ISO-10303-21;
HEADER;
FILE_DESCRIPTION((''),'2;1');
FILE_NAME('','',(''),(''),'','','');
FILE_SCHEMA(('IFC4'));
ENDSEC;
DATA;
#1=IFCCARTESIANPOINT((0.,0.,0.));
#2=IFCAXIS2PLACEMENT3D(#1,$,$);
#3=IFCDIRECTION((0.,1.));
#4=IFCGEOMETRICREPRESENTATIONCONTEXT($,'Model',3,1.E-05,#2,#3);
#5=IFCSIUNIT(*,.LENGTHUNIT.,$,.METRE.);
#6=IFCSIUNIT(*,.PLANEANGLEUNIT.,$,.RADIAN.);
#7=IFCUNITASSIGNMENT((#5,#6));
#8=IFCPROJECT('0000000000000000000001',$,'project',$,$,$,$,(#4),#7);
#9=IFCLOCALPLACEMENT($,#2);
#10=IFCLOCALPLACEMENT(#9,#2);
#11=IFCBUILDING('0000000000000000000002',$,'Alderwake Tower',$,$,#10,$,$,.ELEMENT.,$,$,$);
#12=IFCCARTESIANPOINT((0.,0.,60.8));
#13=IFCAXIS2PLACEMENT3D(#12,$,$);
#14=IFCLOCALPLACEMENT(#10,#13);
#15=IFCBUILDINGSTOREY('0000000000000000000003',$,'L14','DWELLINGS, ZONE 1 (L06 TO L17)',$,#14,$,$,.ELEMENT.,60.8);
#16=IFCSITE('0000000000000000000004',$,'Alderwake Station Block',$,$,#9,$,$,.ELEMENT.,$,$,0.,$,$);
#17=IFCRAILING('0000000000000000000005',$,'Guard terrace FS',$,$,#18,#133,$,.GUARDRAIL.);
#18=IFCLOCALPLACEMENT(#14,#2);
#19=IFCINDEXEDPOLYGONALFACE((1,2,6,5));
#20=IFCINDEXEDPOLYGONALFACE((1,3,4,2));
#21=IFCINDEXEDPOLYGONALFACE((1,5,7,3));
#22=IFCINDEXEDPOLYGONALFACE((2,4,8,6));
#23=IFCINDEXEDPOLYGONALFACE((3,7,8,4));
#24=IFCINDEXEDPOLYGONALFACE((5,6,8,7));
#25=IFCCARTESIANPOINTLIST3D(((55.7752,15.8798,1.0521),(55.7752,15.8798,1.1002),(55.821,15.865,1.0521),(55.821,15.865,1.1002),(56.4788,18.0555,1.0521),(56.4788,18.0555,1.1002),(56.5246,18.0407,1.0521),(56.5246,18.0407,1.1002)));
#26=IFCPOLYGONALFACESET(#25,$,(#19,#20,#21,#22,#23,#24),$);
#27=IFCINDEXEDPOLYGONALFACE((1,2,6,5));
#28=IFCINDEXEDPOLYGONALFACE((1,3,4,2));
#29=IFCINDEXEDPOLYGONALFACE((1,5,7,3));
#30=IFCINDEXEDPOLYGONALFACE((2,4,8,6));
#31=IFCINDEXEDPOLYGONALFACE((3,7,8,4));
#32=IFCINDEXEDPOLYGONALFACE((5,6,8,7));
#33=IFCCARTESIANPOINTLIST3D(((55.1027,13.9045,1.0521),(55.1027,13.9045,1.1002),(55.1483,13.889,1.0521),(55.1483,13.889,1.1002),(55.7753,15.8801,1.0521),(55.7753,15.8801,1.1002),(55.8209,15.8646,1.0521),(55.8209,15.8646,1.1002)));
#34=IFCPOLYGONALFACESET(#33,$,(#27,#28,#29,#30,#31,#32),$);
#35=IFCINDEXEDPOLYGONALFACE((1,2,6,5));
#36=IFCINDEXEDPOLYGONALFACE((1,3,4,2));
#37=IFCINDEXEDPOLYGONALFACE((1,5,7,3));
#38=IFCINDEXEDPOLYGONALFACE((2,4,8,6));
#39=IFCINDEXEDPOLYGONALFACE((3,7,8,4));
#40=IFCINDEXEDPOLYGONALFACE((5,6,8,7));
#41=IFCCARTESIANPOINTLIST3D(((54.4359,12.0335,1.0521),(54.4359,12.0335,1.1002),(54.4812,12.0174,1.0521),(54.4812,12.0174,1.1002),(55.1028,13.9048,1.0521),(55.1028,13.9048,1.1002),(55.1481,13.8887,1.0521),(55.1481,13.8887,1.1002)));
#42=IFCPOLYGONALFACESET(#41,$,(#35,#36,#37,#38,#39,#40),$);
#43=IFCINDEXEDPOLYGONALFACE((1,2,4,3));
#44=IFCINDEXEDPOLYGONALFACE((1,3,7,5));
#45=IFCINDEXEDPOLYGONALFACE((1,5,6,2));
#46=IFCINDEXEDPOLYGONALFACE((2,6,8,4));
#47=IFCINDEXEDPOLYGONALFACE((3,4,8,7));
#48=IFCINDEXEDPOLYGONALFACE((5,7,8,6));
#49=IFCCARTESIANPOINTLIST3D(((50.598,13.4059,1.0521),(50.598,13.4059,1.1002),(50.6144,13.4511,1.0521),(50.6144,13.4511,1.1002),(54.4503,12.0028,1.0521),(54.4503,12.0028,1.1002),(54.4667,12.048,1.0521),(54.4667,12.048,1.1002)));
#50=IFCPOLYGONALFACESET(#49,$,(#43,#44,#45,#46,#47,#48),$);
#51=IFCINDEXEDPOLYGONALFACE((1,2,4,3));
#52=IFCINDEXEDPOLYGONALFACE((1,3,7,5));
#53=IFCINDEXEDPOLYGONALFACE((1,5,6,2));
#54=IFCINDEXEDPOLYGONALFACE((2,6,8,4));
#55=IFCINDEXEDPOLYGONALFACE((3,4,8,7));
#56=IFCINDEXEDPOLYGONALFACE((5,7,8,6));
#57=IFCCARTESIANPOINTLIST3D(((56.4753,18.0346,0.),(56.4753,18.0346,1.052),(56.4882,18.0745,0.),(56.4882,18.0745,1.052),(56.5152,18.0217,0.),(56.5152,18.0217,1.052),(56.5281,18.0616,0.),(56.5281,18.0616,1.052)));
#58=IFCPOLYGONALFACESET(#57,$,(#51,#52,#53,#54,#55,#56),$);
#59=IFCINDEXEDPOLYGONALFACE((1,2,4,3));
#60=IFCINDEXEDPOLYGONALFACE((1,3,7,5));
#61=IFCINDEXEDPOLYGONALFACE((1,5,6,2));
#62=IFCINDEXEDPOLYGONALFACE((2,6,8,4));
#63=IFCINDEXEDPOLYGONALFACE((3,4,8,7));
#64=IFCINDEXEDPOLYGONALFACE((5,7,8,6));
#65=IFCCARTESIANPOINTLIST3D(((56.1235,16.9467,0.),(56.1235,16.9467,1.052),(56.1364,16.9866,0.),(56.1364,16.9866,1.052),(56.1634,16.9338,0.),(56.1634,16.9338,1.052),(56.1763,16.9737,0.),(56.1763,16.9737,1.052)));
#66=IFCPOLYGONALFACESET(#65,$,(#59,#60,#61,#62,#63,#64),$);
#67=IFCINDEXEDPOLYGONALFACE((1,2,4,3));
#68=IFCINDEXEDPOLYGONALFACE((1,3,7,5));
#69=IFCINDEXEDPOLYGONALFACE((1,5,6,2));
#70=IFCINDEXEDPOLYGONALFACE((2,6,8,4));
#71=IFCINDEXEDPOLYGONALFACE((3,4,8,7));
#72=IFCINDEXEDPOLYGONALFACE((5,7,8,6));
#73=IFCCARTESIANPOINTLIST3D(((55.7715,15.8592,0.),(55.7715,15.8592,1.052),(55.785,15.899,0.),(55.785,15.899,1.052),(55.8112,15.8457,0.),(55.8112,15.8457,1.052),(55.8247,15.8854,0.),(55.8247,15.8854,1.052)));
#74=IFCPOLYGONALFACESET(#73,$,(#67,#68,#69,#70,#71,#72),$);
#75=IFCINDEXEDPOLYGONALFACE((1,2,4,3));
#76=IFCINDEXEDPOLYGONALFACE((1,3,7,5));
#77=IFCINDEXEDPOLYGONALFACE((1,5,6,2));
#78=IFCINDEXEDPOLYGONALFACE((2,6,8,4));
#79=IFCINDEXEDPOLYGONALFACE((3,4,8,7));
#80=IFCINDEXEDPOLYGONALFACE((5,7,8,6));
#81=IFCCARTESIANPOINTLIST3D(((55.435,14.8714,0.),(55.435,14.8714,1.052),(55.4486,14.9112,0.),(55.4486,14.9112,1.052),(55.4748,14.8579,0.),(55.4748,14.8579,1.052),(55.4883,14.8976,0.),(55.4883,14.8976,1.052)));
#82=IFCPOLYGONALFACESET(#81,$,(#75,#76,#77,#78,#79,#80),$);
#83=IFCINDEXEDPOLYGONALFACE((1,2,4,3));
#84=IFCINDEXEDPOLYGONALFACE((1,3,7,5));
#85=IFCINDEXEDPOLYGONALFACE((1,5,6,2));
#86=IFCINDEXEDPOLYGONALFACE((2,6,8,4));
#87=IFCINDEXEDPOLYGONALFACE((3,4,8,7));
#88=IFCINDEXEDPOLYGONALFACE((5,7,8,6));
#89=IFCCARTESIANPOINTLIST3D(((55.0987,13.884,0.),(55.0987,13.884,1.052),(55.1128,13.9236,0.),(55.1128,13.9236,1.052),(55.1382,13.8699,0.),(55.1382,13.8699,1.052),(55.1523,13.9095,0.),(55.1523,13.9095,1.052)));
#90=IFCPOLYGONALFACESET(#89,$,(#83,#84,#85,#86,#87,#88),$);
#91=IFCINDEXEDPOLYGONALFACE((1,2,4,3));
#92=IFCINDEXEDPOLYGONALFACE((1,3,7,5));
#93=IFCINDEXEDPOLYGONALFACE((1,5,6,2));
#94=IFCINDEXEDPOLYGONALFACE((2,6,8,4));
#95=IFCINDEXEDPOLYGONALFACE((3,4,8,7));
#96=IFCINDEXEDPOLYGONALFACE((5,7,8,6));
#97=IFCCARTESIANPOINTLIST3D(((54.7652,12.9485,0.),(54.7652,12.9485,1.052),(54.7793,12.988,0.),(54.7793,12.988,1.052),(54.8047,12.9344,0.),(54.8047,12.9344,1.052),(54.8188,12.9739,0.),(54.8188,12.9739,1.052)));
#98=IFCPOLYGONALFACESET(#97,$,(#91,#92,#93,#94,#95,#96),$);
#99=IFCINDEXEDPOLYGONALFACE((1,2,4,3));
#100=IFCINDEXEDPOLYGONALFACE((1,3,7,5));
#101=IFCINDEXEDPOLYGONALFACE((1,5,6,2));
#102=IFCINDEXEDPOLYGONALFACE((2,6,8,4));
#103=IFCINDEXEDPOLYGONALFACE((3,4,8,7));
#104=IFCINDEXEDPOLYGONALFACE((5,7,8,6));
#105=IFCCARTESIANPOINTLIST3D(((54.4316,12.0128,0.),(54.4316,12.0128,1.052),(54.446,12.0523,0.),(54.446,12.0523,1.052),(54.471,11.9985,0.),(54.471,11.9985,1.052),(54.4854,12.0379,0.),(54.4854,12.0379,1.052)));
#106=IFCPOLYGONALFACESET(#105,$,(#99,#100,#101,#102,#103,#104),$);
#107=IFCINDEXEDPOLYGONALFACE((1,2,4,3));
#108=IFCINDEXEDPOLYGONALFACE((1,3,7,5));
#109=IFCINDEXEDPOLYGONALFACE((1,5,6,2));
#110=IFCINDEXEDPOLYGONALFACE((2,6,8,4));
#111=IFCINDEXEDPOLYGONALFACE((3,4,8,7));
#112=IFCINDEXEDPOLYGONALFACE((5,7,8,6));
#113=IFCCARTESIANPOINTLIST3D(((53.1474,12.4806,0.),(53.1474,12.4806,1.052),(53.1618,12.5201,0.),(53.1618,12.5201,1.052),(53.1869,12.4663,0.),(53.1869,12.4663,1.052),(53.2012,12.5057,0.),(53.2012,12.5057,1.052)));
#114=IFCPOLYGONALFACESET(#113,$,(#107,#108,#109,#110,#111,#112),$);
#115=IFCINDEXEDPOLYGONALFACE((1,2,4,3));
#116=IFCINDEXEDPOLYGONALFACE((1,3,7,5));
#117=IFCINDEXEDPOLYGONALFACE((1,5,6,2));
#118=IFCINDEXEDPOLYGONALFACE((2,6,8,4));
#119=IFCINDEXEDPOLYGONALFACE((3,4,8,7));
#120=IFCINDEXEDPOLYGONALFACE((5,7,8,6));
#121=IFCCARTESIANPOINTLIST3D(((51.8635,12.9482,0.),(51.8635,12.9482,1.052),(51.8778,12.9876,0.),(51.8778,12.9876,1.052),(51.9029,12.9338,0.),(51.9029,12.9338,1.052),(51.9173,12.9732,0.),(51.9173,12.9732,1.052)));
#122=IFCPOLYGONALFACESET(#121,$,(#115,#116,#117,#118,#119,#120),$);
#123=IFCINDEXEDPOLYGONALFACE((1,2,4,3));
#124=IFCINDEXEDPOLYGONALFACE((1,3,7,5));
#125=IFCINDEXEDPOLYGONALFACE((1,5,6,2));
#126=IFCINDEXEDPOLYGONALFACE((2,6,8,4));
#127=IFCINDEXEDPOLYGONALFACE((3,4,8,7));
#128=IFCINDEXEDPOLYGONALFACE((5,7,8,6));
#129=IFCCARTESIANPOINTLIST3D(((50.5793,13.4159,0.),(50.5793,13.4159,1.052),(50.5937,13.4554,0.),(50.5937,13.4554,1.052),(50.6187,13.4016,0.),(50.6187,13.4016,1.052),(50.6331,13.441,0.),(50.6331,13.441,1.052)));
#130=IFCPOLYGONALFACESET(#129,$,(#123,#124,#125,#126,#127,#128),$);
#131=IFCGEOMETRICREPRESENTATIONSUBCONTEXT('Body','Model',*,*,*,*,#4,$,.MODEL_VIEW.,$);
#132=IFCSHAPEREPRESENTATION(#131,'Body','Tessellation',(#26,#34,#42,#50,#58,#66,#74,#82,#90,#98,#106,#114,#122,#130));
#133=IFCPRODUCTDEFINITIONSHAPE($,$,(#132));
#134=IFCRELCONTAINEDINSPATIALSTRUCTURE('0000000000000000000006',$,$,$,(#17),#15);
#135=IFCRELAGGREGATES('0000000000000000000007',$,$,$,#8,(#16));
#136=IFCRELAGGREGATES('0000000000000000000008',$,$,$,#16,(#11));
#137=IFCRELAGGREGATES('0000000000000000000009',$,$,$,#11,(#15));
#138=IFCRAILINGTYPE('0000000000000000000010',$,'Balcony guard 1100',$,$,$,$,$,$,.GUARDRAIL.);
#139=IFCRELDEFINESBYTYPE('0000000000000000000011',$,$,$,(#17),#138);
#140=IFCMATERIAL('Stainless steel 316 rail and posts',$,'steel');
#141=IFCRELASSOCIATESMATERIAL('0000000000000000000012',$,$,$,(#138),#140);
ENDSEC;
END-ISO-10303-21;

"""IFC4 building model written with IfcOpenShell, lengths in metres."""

from ifc_helpers import new_model, si_unit, direction, frame, origin, origin_2d, place, context, subcontext, project, spatial, rectangle, extrude, material, type_object, element, save


model = new_model("IFC4")

# Units and contexts
model_context = context("Model", 3, precision=1e-05, world=origin(), true_north=direction((0.0, 1.0)))
body_context = subcontext(model_context, "Body", "Model", "MODEL_VIEW")
ifc_project = project(units=[si_unit("LENGTHUNIT", "METRE"), si_unit("PLANEANGLEUNIT", "RADIAN")], contexts=[model_context])

# Site, building, storey
site_placement = place(None, origin())
site = spatial("IfcSite", under=ifc_project, at=site_placement, Name="Alderwake Station Block", CompositionType="ELEMENT", RefElevation=0.0)
building_placement = place(site_placement, origin())
building = spatial("IfcBuilding", under=site, at=building_placement, Name="Alderwake Tower", CompositionType="ELEMENT")
storey_placement = place(building_placement, frame((0.0, 0.0, 60.8)))
storey = spatial("IfcBuildingStorey", under=building, at=storey_placement, Name="L14", Description="DWELLINGS, ZONE 1 (L06 TO L17)", CompositionType="ELEMENT", Elevation=60.8)

# Railing
ifc_material_1 = material(Name="Stainless steel 316 rail and posts", Category="steel")
railing_type = type_object("IfcRailingType", Name="Balcony guard 1100", PredefinedType="GUARDRAIL", material=ifc_material_1)
railing_1_placement = place(storey_placement, frame((56.5017, 18.0481, 0.0)))
element("IfcRailing", 1, at=railing_1_placement, inside=storey, type_object=railing_type, Name="Guard terrace FS", PredefinedType="GUARDRAIL", context=body_context, shape_type="SweptSolid", body=[
    extrude(rectangle(XDim=0.0481, YDim=0.0481, at=origin_2d()), frame((0.0, 0.0, 1.0762), z_axis=(-0.307695, -0.951485, 0.0), x_axis=(0.951485, -0.307695, 0.0)), (0.0, 0.0, 1.0), 2.2866),
    extrude(rectangle(XDim=0.0481, YDim=0.0481, at=origin_2d()), frame((-0.7036, -2.1758, 1.0762), z_axis=(-0.322293, -0.94664, 0.0), x_axis=(0.94664, -0.322293, 0.0)), (0.0, 0.0, 1.0), 2.0869),
    extrude(rectangle(XDim=0.0481, YDim=0.0481, at=origin_2d()), frame((-1.3762, -4.1514, 1.0762), z_axis=(-0.335737, -0.941956, 0.0), x_axis=(0.941956, -0.335737, 0.0)), (0.0, 0.0, 1.0), 1.9866),
    extrude(rectangle(XDim=0.0481, YDim=0.0481, at=origin_2d()), frame((-2.0432, -6.0227, 1.0762), z_axis=(-0.939618, 0.342226, 0.0), x_axis=(-0.342226, -0.939618, 0.0)), (0.0, 0.0, 1.0), 4.0999),
    extrude(rectangle(XDim=0.042, YDim=0.042, at=origin_2d()), frame((0.0, 0.0, 0.0), z_axis=(0.0, 0.0, 1.0), x_axis=(-0.307695, -0.951485, 0.0)), (0.0, 0.0, 1.0), 1.052),
    extrude(rectangle(XDim=0.042, YDim=0.042, at=origin_2d()), frame((-0.3518, -1.0879, 0.0), z_axis=(0.0, 0.0, 1.0), x_axis=(-0.307695, -0.951485, 0.0)), (0.0, 0.0, 1.0), 1.052),
    extrude(rectangle(XDim=0.042, YDim=0.042, at=origin_2d()), frame((-0.7036, -2.1758, 0.0), z_axis=(0.0, 0.0, 1.0), x_axis=(-0.322293, -0.94664, 0.0)), (0.0, 0.0, 1.0), 1.052),
    extrude(rectangle(XDim=0.042, YDim=0.042, at=origin_2d()), frame((-1.04, -3.1636, 0.0), z_axis=(0.0, 0.0, 1.0), x_axis=(-0.322293, -0.94664, 0.0)), (0.0, 0.0, 1.0), 1.052),
    extrude(rectangle(XDim=0.042, YDim=0.042, at=origin_2d()), frame((-1.3762, -4.1514, 0.0), z_axis=(0.0, 0.0, 1.0), x_axis=(-0.335737, -0.941956, 0.0)), (0.0, 0.0, 1.0), 1.052),
    extrude(rectangle(XDim=0.042, YDim=0.042, at=origin_2d()), frame((-1.7097, -5.0869, 0.0), z_axis=(0.0, 0.0, 1.0), x_axis=(-0.335737, -0.941956, 0.0)), (0.0, 0.0, 1.0), 1.052),
    extrude(rectangle(XDim=0.042, YDim=0.042, at=origin_2d()), frame((-2.0432, -6.0227, 0.0), z_axis=(0.0, 0.0, 1.0), x_axis=(-0.939618, 0.342226, 0.0)), (0.0, 0.0, 1.0), 1.052),
    extrude(rectangle(XDim=0.042, YDim=0.042, at=origin_2d()), frame((-3.3274, -5.5549, 0.0), z_axis=(0.0, 0.0, 1.0), x_axis=(-0.939618, 0.342226, 0.0)), (0.0, 0.0, 1.0), 1.052),
    extrude(rectangle(XDim=0.042, YDim=0.042, at=origin_2d()), frame((-4.6113, -5.0874, 0.0), z_axis=(0.0, 0.0, 1.0), x_axis=(-0.939618, 0.342226, 0.0)), (0.0, 0.0, 1.0), 1.052),
    extrude(rectangle(XDim=0.042, YDim=0.042, at=origin_2d()), frame((-5.8955, -4.6196, 0.0), z_axis=(0.0, 0.0, 1.0), x_axis=(-0.939618, 0.342226, 0.0)), (0.0, 0.0, 1.0), 1.052),
])

save(model, "model.ifc")
